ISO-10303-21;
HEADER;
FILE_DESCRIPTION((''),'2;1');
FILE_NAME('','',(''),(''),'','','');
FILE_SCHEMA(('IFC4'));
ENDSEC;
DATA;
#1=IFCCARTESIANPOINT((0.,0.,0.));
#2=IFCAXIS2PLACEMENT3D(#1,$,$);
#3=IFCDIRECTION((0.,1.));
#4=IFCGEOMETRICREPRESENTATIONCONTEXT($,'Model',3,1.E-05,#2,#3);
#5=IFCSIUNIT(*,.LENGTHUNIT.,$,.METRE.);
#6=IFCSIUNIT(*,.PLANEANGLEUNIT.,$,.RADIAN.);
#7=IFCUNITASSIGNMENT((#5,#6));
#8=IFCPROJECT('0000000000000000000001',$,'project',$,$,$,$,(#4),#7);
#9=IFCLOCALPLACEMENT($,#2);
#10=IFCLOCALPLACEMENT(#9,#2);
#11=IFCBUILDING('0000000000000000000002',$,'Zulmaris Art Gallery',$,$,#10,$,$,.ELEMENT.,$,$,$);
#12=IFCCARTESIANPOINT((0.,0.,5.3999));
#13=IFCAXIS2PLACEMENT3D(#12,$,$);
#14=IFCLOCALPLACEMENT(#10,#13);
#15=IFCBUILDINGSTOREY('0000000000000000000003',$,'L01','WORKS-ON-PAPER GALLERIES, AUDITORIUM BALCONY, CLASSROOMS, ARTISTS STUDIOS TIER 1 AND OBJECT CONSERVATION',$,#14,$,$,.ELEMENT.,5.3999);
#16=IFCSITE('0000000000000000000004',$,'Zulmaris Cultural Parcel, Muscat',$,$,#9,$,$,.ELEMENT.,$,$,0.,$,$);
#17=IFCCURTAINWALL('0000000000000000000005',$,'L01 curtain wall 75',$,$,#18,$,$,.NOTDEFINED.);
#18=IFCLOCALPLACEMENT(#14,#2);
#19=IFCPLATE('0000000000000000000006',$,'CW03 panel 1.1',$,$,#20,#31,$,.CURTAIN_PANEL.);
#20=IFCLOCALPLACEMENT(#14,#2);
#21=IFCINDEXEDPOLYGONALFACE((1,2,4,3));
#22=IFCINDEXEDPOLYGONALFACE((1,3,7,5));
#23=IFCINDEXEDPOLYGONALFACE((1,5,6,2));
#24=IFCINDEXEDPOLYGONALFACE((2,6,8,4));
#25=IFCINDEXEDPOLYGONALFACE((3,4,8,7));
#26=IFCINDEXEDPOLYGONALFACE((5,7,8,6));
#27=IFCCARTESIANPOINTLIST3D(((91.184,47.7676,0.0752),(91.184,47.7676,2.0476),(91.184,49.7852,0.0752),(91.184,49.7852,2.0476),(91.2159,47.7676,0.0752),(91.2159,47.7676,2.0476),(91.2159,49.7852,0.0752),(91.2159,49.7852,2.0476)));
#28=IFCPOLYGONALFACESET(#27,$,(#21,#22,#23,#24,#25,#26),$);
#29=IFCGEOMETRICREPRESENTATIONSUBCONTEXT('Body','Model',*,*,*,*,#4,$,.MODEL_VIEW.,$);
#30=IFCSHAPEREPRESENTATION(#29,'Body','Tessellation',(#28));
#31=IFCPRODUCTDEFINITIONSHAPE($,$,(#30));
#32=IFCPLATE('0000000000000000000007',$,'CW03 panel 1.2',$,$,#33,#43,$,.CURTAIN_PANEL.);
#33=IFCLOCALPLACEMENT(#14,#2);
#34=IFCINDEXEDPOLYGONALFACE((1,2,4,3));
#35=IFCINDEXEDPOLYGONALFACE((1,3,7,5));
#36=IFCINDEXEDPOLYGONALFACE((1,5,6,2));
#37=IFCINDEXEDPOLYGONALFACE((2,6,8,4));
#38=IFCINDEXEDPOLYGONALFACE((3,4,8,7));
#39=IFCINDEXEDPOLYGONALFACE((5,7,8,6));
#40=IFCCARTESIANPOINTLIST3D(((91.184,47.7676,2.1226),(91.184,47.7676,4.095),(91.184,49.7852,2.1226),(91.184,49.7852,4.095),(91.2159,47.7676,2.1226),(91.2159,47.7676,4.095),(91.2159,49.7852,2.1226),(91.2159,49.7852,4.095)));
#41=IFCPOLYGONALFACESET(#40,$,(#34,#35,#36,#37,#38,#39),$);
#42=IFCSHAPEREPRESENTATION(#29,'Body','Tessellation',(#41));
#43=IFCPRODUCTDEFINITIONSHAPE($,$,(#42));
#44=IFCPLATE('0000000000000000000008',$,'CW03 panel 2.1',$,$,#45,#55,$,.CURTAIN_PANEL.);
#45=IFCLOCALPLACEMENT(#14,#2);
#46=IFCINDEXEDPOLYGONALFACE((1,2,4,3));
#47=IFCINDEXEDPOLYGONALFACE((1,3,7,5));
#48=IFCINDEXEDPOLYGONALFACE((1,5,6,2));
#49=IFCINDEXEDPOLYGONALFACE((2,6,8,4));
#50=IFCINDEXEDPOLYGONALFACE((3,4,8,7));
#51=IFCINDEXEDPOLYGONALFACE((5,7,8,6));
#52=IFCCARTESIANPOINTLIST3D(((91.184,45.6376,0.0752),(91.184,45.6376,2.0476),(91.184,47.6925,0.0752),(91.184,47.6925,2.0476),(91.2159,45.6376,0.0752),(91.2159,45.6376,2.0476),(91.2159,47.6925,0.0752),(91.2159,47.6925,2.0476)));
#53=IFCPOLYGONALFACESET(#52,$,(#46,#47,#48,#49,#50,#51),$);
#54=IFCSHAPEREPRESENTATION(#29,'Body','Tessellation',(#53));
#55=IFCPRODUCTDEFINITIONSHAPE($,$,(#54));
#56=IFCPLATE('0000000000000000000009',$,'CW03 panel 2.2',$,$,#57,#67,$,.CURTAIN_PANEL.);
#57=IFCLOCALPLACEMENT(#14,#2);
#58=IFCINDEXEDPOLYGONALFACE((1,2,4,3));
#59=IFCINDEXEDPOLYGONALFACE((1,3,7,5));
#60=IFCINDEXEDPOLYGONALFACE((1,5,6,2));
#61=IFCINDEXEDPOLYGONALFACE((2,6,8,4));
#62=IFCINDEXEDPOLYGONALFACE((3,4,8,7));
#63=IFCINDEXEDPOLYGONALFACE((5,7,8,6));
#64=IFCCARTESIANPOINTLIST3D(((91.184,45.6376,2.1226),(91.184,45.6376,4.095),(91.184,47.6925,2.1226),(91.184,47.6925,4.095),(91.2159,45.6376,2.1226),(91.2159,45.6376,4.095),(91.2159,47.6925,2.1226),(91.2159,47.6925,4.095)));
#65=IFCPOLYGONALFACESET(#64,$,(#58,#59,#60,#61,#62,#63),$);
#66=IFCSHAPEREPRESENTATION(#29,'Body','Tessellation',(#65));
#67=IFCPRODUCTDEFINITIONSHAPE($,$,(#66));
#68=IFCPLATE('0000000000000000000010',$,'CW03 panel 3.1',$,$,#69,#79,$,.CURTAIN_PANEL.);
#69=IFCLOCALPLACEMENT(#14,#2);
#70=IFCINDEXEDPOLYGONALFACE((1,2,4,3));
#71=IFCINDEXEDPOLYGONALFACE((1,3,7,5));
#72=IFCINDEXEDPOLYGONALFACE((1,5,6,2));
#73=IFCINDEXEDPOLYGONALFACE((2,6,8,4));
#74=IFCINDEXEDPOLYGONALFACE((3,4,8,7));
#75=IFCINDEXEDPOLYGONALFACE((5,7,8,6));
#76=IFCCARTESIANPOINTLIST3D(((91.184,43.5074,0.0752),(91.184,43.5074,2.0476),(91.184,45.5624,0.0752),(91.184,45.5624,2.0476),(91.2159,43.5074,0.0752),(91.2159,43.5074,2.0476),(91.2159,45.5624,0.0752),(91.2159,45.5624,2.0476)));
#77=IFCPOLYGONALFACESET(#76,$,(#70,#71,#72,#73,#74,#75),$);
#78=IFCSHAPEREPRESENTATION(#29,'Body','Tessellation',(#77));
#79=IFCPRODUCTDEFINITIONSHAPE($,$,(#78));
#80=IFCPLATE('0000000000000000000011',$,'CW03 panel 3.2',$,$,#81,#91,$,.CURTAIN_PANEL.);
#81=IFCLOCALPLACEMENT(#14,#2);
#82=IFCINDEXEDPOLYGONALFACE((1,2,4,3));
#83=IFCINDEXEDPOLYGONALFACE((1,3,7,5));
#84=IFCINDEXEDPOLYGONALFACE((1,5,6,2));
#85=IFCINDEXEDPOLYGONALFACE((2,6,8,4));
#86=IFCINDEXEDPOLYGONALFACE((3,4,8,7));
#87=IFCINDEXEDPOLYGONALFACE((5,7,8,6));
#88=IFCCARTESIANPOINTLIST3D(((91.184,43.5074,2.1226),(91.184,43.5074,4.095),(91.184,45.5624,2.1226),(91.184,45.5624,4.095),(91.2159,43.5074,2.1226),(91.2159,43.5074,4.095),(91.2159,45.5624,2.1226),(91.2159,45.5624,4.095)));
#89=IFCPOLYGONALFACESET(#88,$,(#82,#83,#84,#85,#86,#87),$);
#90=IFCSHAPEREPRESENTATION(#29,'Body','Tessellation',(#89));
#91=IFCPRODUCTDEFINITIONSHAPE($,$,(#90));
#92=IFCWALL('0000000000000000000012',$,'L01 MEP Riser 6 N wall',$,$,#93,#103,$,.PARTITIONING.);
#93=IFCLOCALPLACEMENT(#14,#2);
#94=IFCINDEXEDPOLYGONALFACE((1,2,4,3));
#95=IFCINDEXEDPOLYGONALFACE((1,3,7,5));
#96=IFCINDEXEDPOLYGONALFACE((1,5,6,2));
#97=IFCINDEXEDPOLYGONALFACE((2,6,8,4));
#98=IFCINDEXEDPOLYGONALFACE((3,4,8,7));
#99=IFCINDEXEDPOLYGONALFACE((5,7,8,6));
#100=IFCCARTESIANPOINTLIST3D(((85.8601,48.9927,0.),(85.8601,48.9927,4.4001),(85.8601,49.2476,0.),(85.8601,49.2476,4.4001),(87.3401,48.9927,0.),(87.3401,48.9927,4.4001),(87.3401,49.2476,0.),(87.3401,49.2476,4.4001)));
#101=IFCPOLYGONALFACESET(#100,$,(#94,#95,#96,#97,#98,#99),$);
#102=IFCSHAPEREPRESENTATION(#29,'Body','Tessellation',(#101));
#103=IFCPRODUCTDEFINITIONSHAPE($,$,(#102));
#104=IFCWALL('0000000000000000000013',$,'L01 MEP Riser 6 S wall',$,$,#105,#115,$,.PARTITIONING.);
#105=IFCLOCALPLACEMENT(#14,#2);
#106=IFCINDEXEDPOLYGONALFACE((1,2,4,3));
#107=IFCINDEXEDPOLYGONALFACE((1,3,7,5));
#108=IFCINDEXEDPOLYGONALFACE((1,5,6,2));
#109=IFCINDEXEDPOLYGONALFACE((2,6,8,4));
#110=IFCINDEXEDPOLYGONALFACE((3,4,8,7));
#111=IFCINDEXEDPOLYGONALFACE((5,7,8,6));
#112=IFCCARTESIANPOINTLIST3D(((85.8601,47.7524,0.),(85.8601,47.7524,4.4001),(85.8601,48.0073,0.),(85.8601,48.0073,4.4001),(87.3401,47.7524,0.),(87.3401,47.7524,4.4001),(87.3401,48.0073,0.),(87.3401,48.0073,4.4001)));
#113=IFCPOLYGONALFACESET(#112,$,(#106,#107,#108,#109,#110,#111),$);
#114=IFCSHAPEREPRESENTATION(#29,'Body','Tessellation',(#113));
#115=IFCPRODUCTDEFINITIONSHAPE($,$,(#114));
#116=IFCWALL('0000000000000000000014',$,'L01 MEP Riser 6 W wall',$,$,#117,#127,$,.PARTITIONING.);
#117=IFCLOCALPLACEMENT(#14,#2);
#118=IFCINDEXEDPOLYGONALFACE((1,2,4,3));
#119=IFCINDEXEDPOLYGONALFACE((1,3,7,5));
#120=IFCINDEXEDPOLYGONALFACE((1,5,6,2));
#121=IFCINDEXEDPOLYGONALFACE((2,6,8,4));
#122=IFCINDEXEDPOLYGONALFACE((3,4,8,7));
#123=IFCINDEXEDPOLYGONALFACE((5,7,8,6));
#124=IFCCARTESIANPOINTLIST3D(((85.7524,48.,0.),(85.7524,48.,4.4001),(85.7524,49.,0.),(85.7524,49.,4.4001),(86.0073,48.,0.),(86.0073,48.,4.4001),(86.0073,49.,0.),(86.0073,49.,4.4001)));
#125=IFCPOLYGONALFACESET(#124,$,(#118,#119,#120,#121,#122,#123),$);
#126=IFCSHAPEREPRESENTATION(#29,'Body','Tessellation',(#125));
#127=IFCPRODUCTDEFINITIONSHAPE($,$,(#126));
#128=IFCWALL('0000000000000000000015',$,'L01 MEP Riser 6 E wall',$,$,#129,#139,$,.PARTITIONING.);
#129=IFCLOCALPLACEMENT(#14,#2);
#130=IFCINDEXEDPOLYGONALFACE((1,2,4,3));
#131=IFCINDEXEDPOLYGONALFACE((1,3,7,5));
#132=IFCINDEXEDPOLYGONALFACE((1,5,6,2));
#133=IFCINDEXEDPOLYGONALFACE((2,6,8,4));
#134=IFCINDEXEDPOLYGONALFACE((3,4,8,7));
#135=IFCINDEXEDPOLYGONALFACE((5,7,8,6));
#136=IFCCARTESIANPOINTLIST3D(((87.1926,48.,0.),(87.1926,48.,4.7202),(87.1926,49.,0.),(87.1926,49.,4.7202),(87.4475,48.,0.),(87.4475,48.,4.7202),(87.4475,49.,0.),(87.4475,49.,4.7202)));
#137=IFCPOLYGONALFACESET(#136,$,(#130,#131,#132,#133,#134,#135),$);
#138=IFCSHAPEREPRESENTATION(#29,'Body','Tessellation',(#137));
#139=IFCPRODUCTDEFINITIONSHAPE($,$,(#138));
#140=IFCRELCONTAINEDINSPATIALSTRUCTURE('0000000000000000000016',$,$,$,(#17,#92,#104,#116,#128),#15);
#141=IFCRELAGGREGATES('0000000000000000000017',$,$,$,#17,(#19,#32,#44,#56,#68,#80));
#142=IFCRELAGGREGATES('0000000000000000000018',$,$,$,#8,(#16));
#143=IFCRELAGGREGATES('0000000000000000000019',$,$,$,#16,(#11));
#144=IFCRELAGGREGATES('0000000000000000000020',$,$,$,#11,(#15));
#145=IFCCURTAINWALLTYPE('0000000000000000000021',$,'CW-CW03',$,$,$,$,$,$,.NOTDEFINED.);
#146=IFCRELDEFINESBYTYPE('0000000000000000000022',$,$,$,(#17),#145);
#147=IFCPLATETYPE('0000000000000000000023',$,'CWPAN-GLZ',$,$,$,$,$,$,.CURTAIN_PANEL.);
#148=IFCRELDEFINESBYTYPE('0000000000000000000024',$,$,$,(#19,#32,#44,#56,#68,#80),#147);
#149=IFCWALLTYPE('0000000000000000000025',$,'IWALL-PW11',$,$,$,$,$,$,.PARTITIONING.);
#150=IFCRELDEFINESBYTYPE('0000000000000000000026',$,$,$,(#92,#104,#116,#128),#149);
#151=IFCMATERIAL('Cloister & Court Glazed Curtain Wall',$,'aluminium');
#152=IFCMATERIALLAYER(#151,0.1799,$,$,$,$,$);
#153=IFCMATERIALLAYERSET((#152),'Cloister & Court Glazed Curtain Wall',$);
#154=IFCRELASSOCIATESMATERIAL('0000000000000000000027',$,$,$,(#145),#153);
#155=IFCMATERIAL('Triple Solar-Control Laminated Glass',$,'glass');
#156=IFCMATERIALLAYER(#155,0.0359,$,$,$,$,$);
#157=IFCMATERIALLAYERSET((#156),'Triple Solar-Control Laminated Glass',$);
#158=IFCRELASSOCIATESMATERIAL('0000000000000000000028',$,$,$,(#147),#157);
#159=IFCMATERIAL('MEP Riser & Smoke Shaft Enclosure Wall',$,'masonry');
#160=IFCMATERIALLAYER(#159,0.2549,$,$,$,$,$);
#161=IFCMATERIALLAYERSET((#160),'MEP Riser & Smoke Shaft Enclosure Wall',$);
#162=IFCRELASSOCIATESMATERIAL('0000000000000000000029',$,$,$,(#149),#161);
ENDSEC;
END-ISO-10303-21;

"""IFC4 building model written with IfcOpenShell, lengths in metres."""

from ifc_helpers import new_model, si_unit, direction, frame, frame_2d, origin, origin_2d, place, context, subcontext, project, spatial, rectangle, extrude, material, layer, layer_set, type_object, element, aggregate, save


model = new_model("IFC4")

# Units and contexts
model_context = context("Model", 3, precision=1e-05, world=origin(), true_north=direction((0.0, 1.0)))
body_context = subcontext(model_context, "Body", "Model", "MODEL_VIEW")
ifc_project = project(units=[si_unit("LENGTHUNIT", "METRE"), si_unit("PLANEANGLEUNIT", "RADIAN")], contexts=[model_context])

# Site, building, storey
site_placement = place(None, origin())
site = spatial("IfcSite", under=ifc_project, at=site_placement, Name="Zulmaris Cultural Parcel, Muscat", CompositionType="ELEMENT", RefElevation=0.0)
building_placement = place(site_placement, origin())
building = spatial("IfcBuilding", under=site, at=building_placement, Name="Zulmaris Art Gallery", CompositionType="ELEMENT")
storey_placement = place(building_placement, frame((0.0, 0.0, 5.3999)))
storey = spatial("IfcBuildingStorey", under=building, at=storey_placement, Name="L01", Description="WORKS-ON-PAPER GALLERIES, AUDITORIUM BALCONY, CLASSROOMS, ARTISTS STUDIOS TIER 1 AND OBJECT CONSERVATION", CompositionType="ELEMENT", Elevation=5.3999)

# Curtain wall
ifc_material_1 = material(Name="Cloister & Court Glazed Curtain Wall", Category="aluminium")
ifc_layer_1 = layer(ifc_material_1, 0.1799)
ifc_layer_set_1 = layer_set([ifc_layer_1], Name="Cloister & Court Glazed Curtain Wall")
curtain_wall_type = type_object("IfcCurtainWallType", Name="CW-CW03", PredefinedType="NOTDEFINED", material=ifc_layer_set_1)
curtain_wall_1_placement = place(storey_placement, origin())
curtain_wall_1 = element("IfcCurtainWall", 1, at=curtain_wall_1_placement, inside=storey, type_object=curtain_wall_type, Name="L01 curtain wall 75", PredefinedType="NOTDEFINED")

# Plates
ifc_material_2 = material(Name="Triple Solar-Control Laminated Glass", Category="glass")
ifc_layer_2 = layer(ifc_material_2, 0.0359)
ifc_layer_set_2 = layer_set([ifc_layer_2], Name="Triple Solar-Control Laminated Glass")
plate_type = type_object("IfcPlateType", Name="CWPAN-GLZ", PredefinedType="CURTAIN_PANEL", material=ifc_layer_set_2)
plate_1_placement = place(storey_placement, frame((91.2, 48.7764, 0.0752), z_axis=(0.0, 0.0, 1.0), x_axis=(0.0, -1.0, 0.0)))
plate_1 = element("IfcPlate", 2, at=plate_1_placement, type_object=plate_type, Name="CW03 panel 1.1", PredefinedType="CURTAIN_PANEL", context=body_context, shape_type="SweptSolid", body=[
    extrude(rectangle(XDim=2.0176, YDim=0.032, at=origin_2d()), origin(), (0.0, 0.0, 1.0), 1.9724),
])
plate_2_placement = place(storey_placement, frame((91.2, 48.7764, 2.1226), z_axis=(0.0, 0.0, 1.0), x_axis=(0.0, -1.0, 0.0)))
plate_2 = element("IfcPlate", 3, at=plate_2_placement, type_object=plate_type, Name="CW03 panel 1.2", PredefinedType="CURTAIN_PANEL", context=body_context, shape_type="SweptSolid", body=[
    extrude(rectangle(XDim=2.0176, YDim=0.032, at=origin_2d()), origin(), (0.0, 0.0, 1.0), 1.9724),
])
plate_3_placement = place(storey_placement, frame((91.2, 46.665, 0.0752), z_axis=(0.0, 0.0, 1.0), x_axis=(0.0, -1.0, 0.0)))
plate_3 = element("IfcPlate", 4, at=plate_3_placement, type_object=plate_type, Name="CW03 panel 2.1", PredefinedType="CURTAIN_PANEL", context=body_context, shape_type="SweptSolid", body=[
    extrude(rectangle(XDim=2.0549, YDim=0.032, at=origin_2d()), origin(), (0.0, 0.0, 1.0), 1.9724),
])
plate_4_placement = place(storey_placement, frame((91.2, 46.665, 2.1226), z_axis=(0.0, 0.0, 1.0), x_axis=(0.0, -1.0, 0.0)))
plate_4 = element("IfcPlate", 5, at=plate_4_placement, type_object=plate_type, Name="CW03 panel 2.2", PredefinedType="CURTAIN_PANEL", context=body_context, shape_type="SweptSolid", body=[
    extrude(rectangle(XDim=2.0549, YDim=0.032, at=origin_2d()), origin(), (0.0, 0.0, 1.0), 1.9724),
])
plate_5_placement = place(storey_placement, frame((91.2, 44.5349, 0.0752), z_axis=(0.0, 0.0, 1.0), x_axis=(0.0, -1.0, 0.0)))
plate_5 = element("IfcPlate", 6, at=plate_5_placement, type_object=plate_type, Name="CW03 panel 3.1", PredefinedType="CURTAIN_PANEL", context=body_context, shape_type="SweptSolid", body=[
    extrude(rectangle(XDim=2.0549, YDim=0.032, at=origin_2d()), origin(), (0.0, 0.0, 1.0), 1.9724),
])
plate_6_placement = place(storey_placement, frame((91.2, 44.5349, 2.1226), z_axis=(0.0, 0.0, 1.0), x_axis=(0.0, -1.0, 0.0)))
plate_6 = element("IfcPlate", 7, at=plate_6_placement, type_object=plate_type, Name="CW03 panel 3.2", PredefinedType="CURTAIN_PANEL", context=body_context, shape_type="SweptSolid", body=[
    extrude(rectangle(XDim=2.0549, YDim=0.032, at=origin_2d()), origin(), (0.0, 0.0, 1.0), 1.9724),
])
aggregate(curtain_wall_1, [plate_1, plate_2, plate_3, plate_4, plate_5, plate_6])

# Walls
ifc_material_3 = material(Name="MEP Riser & Smoke Shaft Enclosure Wall", Category="masonry")
ifc_layer_3 = layer(ifc_material_3, 0.2549)
ifc_layer_set_3 = layer_set([ifc_layer_3], Name="MEP Riser & Smoke Shaft Enclosure Wall")
wall_type = type_object("IfcWallType", Name="IWALL-PW11", PredefinedType="PARTITIONING", material=ifc_layer_set_3)
for number, where, z_axis, x_axis, name in (
    (8, (85.8601, 49.1201, 0.0), (0.0, 0.0, 1.0), (1.0, 0.0, 0.0), "L01 MEP Riser 6 N wall"),
    (9, (85.8601, 47.8799, 0.0), (0.0, 0.0, 1.0), (1.0, 0.0, 0.0), "L01 MEP Riser 6 S wall"),
):
    element("IfcWall", number, at=place(storey_placement, frame(where, z_axis=z_axis, x_axis=x_axis)), inside=storey, type_object=wall_type, Name=name, PredefinedType="PARTITIONING", context=body_context, shape_type="SweptSolid", body=[
        extrude(rectangle(XDim=1.48, YDim=0.2549, at=frame_2d((0.74, 0.0))), origin(), (0.0, 0.0, 1.0), 4.4001),
    ])
wall_1_placement = place(storey_placement, frame((85.8799, 48.0, 0.0), z_axis=(0.0, 0.0, 1.0), x_axis=(0.0, 1.0, 0.0)))
element("IfcWall", 10, at=wall_1_placement, inside=storey, type_object=wall_type, Name="L01 MEP Riser 6 W wall", PredefinedType="PARTITIONING", context=body_context, shape_type="SweptSolid", body=[
    extrude(rectangle(XDim=1.0, YDim=0.2549, at=frame_2d((0.5, 0.0))), origin(), (0.0, 0.0, 1.0), 4.4001),
])
wall_2_placement = place(storey_placement, frame((87.3201, 48.0, 0.0), z_axis=(0.0, 0.0, 1.0), x_axis=(0.0, 1.0, 0.0)))
element("IfcWall", 11, at=wall_2_placement, inside=storey, type_object=wall_type, Name="L01 MEP Riser 6 E wall", PredefinedType="PARTITIONING", context=body_context, shape_type="SweptSolid", body=[
    extrude(rectangle(XDim=1.0, YDim=0.2549, at=frame_2d((0.5, 0.0))), origin(), (0.0, 0.0, 1.0), 4.7202),
])

save(model, "model.ifc")
